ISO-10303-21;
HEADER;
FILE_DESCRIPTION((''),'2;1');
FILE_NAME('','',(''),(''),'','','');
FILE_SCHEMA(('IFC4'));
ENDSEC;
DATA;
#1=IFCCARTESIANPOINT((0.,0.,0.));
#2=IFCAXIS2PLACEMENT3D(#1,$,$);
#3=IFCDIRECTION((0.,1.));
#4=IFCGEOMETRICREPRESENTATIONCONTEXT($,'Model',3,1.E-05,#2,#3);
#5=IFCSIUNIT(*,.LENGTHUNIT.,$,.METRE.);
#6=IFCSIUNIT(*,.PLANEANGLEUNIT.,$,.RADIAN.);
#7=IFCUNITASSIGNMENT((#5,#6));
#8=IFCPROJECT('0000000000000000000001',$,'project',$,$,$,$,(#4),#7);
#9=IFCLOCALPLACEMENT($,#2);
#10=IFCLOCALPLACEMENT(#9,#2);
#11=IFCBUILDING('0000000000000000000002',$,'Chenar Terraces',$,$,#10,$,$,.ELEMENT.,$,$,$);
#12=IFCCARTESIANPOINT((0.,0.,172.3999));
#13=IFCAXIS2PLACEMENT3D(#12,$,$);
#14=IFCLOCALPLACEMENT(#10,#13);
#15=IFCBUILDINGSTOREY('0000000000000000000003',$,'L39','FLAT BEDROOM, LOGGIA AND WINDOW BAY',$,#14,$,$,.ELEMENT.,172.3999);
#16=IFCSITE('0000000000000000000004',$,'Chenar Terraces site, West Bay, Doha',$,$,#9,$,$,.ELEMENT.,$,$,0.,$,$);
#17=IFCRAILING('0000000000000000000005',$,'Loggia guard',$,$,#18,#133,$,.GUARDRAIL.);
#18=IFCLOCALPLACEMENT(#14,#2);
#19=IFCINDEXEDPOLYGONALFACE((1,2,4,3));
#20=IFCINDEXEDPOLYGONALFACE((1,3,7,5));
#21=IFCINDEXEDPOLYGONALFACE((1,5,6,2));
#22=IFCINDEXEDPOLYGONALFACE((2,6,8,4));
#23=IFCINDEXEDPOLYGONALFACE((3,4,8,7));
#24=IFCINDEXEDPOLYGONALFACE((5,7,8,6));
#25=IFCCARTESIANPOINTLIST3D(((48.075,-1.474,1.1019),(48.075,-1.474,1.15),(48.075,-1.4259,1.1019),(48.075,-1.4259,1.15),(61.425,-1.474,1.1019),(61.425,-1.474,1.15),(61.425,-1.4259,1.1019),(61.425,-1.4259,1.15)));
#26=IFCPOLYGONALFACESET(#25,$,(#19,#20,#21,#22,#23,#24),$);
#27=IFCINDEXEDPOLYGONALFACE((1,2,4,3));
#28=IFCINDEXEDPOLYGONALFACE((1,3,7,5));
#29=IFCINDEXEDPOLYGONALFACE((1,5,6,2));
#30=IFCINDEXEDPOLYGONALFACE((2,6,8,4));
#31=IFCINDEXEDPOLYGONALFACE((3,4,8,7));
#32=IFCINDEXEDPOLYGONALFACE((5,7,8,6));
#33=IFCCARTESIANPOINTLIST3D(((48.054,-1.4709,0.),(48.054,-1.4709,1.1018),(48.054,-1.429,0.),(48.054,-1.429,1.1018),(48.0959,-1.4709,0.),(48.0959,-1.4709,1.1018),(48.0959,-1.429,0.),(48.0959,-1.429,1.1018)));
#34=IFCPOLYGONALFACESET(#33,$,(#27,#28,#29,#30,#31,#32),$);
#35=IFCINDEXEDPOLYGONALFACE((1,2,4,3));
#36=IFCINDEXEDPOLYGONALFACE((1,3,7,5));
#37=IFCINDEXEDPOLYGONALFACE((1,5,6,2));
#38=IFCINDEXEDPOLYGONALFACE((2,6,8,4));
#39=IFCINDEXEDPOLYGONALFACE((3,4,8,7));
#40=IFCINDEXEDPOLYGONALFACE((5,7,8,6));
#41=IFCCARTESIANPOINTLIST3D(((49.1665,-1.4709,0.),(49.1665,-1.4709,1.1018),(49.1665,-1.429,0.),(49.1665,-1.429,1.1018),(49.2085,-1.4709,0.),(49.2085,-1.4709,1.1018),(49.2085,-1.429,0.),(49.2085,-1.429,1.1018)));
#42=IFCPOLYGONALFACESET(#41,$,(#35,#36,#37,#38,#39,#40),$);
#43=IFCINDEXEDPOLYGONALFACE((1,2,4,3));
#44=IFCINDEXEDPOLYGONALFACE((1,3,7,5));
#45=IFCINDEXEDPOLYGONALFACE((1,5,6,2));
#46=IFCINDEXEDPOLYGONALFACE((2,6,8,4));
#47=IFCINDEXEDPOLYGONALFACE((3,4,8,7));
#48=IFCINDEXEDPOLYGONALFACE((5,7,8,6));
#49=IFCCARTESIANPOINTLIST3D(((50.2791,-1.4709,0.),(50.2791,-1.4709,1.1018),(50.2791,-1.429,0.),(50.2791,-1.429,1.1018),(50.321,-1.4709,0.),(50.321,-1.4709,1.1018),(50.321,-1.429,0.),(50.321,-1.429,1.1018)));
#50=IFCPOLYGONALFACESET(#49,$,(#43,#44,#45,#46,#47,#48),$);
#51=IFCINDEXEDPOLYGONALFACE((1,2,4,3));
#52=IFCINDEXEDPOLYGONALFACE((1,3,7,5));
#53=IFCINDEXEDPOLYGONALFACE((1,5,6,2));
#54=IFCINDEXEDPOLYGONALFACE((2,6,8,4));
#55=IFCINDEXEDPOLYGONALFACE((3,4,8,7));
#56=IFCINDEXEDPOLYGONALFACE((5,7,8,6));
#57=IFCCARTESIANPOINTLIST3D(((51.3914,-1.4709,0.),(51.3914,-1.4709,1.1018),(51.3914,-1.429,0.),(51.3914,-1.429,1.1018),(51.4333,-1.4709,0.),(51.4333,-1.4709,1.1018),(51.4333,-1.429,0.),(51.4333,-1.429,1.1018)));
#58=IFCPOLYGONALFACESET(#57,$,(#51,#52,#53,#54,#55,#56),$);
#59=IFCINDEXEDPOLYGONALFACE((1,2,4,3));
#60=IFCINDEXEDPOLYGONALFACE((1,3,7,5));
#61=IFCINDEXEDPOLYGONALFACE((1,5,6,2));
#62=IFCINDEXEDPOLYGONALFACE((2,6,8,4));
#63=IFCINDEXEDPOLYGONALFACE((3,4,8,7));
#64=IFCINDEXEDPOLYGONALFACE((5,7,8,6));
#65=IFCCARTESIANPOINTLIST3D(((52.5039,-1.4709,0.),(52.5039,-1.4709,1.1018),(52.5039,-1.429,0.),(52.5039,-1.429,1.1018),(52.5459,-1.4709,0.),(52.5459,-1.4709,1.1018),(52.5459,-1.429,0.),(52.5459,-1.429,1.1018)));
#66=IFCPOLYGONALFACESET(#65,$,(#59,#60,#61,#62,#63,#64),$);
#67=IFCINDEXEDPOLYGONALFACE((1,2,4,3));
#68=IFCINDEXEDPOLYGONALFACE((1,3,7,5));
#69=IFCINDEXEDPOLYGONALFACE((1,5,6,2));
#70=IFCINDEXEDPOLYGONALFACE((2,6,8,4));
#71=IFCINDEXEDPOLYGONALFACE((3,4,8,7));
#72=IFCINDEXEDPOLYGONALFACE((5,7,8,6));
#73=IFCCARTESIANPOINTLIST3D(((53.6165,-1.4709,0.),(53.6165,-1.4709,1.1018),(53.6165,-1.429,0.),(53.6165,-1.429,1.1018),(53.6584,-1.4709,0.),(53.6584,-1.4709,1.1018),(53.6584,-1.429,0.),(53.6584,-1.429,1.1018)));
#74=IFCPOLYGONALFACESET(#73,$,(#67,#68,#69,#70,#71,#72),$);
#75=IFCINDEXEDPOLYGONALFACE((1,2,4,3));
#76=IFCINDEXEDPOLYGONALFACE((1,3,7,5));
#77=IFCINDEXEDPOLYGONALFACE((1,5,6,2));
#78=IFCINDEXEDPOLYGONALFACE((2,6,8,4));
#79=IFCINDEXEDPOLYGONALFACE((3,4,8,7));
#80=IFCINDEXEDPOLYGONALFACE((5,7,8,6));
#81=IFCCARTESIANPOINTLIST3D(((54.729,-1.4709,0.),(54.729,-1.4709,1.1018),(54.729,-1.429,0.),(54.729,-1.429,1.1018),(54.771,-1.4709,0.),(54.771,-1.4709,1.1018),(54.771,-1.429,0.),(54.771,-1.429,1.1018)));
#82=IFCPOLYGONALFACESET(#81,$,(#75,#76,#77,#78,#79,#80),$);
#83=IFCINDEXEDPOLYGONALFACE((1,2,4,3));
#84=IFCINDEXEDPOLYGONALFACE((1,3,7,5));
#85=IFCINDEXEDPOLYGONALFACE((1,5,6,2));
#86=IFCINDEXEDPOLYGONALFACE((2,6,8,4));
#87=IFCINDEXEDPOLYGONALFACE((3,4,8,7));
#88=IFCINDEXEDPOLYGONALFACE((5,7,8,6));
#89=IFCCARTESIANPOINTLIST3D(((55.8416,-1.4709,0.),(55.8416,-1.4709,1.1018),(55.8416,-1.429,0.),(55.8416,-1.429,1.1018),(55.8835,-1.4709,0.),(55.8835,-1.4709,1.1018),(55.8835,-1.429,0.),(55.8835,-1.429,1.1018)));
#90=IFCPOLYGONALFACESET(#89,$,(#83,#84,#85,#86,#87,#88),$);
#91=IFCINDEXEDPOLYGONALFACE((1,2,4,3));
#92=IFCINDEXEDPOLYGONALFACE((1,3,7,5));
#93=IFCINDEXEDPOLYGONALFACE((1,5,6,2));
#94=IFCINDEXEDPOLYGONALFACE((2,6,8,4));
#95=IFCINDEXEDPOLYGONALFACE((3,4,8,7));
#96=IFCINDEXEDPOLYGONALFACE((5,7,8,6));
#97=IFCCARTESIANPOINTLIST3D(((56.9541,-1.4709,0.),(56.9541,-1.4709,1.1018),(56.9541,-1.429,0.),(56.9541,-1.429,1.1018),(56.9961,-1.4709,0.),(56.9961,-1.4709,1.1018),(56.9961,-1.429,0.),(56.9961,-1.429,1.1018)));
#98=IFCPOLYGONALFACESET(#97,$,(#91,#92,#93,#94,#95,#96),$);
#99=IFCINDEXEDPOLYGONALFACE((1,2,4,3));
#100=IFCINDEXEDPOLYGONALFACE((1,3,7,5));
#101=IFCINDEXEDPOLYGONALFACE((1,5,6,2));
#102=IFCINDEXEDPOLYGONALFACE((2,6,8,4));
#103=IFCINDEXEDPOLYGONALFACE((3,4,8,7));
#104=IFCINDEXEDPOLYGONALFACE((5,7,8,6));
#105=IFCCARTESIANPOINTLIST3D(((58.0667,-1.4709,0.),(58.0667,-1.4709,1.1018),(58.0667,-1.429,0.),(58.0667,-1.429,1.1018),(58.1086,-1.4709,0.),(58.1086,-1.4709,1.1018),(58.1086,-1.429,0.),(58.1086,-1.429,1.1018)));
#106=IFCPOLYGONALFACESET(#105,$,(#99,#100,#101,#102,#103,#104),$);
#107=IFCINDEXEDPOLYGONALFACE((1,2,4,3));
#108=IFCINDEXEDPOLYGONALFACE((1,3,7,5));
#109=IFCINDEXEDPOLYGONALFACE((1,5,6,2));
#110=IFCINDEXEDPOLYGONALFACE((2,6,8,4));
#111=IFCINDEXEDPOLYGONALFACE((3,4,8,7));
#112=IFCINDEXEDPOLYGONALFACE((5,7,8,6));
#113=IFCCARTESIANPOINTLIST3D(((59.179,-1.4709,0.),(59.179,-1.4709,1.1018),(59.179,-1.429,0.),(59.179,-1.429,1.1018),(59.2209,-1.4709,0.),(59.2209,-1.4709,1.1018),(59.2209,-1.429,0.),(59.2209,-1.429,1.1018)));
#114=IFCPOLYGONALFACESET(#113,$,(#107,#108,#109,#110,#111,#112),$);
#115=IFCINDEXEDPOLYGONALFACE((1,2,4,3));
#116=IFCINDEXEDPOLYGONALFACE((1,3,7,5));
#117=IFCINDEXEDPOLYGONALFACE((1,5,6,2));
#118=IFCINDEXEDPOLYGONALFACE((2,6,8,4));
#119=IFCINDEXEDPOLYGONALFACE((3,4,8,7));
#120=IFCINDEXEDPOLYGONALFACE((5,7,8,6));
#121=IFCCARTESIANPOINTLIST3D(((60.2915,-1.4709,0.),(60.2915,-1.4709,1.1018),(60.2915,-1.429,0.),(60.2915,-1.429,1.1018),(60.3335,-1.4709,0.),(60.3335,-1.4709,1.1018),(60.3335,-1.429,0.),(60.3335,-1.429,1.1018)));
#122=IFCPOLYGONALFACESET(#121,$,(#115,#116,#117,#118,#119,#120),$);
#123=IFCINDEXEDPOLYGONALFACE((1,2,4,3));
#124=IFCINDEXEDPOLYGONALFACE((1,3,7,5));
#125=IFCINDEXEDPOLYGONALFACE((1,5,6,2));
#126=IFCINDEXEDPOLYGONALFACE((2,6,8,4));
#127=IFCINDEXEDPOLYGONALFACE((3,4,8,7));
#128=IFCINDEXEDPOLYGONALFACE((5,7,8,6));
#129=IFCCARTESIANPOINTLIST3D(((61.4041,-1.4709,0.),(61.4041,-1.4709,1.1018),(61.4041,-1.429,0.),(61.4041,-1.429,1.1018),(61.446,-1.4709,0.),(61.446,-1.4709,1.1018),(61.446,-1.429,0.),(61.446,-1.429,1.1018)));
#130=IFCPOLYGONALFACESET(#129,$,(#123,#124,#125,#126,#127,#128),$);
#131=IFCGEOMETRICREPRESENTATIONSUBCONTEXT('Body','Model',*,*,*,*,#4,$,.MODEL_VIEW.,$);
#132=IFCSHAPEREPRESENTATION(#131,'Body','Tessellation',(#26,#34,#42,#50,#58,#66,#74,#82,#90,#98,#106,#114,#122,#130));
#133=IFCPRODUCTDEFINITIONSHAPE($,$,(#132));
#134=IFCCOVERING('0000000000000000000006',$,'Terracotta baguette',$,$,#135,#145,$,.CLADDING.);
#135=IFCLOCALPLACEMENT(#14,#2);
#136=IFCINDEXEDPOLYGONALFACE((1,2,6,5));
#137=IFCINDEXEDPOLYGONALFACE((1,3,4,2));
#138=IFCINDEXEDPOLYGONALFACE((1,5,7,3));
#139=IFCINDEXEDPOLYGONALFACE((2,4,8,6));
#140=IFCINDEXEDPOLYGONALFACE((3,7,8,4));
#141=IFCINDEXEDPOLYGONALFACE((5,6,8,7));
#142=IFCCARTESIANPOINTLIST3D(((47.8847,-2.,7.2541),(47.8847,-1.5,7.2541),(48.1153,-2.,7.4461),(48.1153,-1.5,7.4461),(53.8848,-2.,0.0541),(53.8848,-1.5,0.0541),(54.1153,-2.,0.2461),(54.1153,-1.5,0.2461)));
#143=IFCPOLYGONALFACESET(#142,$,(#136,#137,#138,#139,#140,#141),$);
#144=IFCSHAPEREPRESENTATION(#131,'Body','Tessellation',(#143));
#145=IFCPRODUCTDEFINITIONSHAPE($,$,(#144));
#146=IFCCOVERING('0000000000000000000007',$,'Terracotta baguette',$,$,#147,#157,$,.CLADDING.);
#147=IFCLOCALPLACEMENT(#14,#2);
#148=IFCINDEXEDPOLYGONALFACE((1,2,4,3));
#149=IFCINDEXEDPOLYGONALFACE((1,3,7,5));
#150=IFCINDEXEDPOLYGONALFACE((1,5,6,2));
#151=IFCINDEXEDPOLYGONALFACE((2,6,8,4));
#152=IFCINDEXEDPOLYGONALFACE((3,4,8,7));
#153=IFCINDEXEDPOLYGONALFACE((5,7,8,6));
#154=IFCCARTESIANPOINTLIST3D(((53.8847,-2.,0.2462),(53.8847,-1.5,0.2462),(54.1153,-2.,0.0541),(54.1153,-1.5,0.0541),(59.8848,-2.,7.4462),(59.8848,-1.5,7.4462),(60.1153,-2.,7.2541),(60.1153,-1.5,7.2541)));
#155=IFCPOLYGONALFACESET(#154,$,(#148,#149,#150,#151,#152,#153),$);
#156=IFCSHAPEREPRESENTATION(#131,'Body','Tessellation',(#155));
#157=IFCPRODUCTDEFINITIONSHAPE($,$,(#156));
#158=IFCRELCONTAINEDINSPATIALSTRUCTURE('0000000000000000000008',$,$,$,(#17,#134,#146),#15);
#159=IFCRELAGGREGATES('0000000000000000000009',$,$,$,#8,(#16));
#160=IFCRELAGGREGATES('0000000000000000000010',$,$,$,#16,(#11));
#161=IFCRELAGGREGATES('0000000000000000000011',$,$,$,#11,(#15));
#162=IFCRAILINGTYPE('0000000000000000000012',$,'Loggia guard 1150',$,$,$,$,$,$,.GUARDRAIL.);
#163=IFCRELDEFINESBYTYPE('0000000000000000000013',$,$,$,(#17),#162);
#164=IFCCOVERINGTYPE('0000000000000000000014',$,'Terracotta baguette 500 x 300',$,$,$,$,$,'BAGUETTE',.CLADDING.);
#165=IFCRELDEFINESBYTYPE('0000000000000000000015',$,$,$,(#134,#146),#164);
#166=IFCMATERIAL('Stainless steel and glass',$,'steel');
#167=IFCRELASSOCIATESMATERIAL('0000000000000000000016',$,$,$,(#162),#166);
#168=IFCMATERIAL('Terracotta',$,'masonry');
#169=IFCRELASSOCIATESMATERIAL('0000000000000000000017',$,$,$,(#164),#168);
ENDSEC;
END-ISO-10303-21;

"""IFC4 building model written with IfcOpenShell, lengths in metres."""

from ifc_helpers import new_model, si_unit, direction, frame, origin, origin_2d, place, context, subcontext, project, spatial, rectangle, extrude, material, material_profile, profile_set, type_object, element, save


model = new_model("IFC4")

# Units and contexts
model_context = context("Model", 3, precision=1e-05, world=origin(), true_north=direction((0.0, 1.0)))
body_context = subcontext(model_context, "Body", "Model", "MODEL_VIEW")
ifc_project = project(units=[si_unit("LENGTHUNIT", "METRE"), si_unit("PLANEANGLEUNIT", "RADIAN")], contexts=[model_context])

# Site, building, storey
site_placement = place(None, origin())
site = spatial("IfcSite", under=ifc_project, at=site_placement, Name="Chenar Terraces site, West Bay, Doha", CompositionType="ELEMENT", RefElevation=0.0)
building_placement = place(site_placement, origin())
building = spatial("IfcBuilding", under=site, at=building_placement, Name="Chenar Terraces", CompositionType="ELEMENT")
storey_placement = place(building_placement, frame((0.0, 0.0, 172.3999)))
storey = spatial("IfcBuildingStorey", under=building, at=storey_placement, Name="L39", Description="FLAT BEDROOM, LOGGIA AND WINDOW BAY", CompositionType="ELEMENT", Elevation=172.3999)

# Railing
ifc_material_1 = material(Name="Stainless steel and glass", Category="steel")
railing_type = type_object("IfcRailingType", Name="Loggia guard 1150", PredefinedType="GUARDRAIL", material=ifc_material_1)
railing_placement = place(storey_placement, frame((48.075, -1.45, 0.0)))
element("IfcRailing", 1, at=railing_placement, inside=storey, type_object=railing_type, Name="Loggia guard", PredefinedType="GUARDRAIL", context=body_context, shape_type="SweptSolid", body=[
    extrude(rectangle(XDim=0.0481, YDim=0.0481, at=origin_2d()), frame((0.0, 0.0, 1.126), z_axis=(1.0, 0.0, 0.0), x_axis=(0.0, 1.0, 0.0)), (0.0, 0.0, 1.0), 13.3501),
    extrude(rectangle(XDim=0.042, YDim=0.042, at=origin_2d()), origin(), (0.0, 0.0, 1.0), 1.1018),
    extrude(rectangle(XDim=0.042, YDim=0.042, at=origin_2d()), frame((1.1125, 0.0, 0.0)), (0.0, 0.0, 1.0), 1.1018),
    extrude(rectangle(XDim=0.042, YDim=0.042, at=origin_2d()), frame((2.2251, 0.0, 0.0)), (0.0, 0.0, 1.0), 1.1018),
    extrude(rectangle(XDim=0.042, YDim=0.042, at=origin_2d()), frame((3.3374, 0.0, 0.0)), (0.0, 0.0, 1.0), 1.1018),
    extrude(rectangle(XDim=0.042, YDim=0.042, at=origin_2d()), frame((4.45, 0.0, 0.0)), (0.0, 0.0, 1.0), 1.1018),
    extrude(rectangle(XDim=0.042, YDim=0.042, at=origin_2d()), frame((5.5625, 0.0, 0.0)), (0.0, 0.0, 1.0), 1.1018),
    extrude(rectangle(XDim=0.042, YDim=0.042, at=origin_2d()), frame((6.675, 0.0, 0.0)), (0.0, 0.0, 1.0), 1.1018),
    extrude(rectangle(XDim=0.042, YDim=0.042, at=origin_2d()), frame((7.7876, 0.0, 0.0)), (0.0, 0.0, 1.0), 1.1018),
    extrude(rectangle(XDim=0.042, YDim=0.042, at=origin_2d()), frame((8.9001, 0.0, 0.0)), (0.0, 0.0, 1.0), 1.1018),
    extrude(rectangle(XDim=0.042, YDim=0.042, at=origin_2d()), frame((10.0127, 0.0, 0.0)), (0.0, 0.0, 1.0), 1.1018),
    extrude(rectangle(XDim=0.042, YDim=0.042, at=origin_2d()), frame((11.125, 0.0, 0.0)), (0.0, 0.0, 1.0), 1.1018),
    extrude(rectangle(XDim=0.042, YDim=0.042, at=origin_2d()), frame((12.2375, 0.0, 0.0)), (0.0, 0.0, 1.0), 1.1018),
    extrude(rectangle(XDim=0.042, YDim=0.042, at=origin_2d()), frame((13.3501, 0.0, 0.0)), (0.0, 0.0, 1.0), 1.1018),
])

# Coverings
ifc_material_2 = material(Name="Terracotta", Category="masonry")
ifc_material_profile_1 = material_profile(ifc_material_2, rectangle(XDim=0.5, YDim=0.3, at=origin_2d()), Name="Terracotta baguette 500 x 300")
ifc_profile_set_1 = profile_set([ifc_material_profile_1], Name="Terracotta")
covering_type = type_object("IfcCoveringType", Name="Terracotta baguette 500 x 300", ElementType="BAGUETTE", PredefinedType="CLADDING", material=ifc_profile_set_1)
for number, where, z_axis, x_axis, name in (
    (2, (48.0, -1.75, 7.3501), (0.640187, 0.0, -0.768219), (0.0, 1.0, 0.0), "Terracotta baguette"),
    (3, (54.0, -1.75, 0.1501), (0.640187, 0.0, 0.768219), (0.0, 1.0, 0.0), "Terracotta baguette"),
):
    element("IfcCovering", number, at=place(storey_placement, frame(where, z_axis=z_axis, x_axis=x_axis)), inside=storey, type_object=covering_type, Name=name, PredefinedType="CLADDING", context=body_context, shape_type="SweptSolid", body=[
        extrude(rectangle(XDim=0.5, YDim=0.3, at=origin_2d()), origin(), (0.0, 0.0, 1.0), 9.3723),
    ])

save(model, "model.ifc")
